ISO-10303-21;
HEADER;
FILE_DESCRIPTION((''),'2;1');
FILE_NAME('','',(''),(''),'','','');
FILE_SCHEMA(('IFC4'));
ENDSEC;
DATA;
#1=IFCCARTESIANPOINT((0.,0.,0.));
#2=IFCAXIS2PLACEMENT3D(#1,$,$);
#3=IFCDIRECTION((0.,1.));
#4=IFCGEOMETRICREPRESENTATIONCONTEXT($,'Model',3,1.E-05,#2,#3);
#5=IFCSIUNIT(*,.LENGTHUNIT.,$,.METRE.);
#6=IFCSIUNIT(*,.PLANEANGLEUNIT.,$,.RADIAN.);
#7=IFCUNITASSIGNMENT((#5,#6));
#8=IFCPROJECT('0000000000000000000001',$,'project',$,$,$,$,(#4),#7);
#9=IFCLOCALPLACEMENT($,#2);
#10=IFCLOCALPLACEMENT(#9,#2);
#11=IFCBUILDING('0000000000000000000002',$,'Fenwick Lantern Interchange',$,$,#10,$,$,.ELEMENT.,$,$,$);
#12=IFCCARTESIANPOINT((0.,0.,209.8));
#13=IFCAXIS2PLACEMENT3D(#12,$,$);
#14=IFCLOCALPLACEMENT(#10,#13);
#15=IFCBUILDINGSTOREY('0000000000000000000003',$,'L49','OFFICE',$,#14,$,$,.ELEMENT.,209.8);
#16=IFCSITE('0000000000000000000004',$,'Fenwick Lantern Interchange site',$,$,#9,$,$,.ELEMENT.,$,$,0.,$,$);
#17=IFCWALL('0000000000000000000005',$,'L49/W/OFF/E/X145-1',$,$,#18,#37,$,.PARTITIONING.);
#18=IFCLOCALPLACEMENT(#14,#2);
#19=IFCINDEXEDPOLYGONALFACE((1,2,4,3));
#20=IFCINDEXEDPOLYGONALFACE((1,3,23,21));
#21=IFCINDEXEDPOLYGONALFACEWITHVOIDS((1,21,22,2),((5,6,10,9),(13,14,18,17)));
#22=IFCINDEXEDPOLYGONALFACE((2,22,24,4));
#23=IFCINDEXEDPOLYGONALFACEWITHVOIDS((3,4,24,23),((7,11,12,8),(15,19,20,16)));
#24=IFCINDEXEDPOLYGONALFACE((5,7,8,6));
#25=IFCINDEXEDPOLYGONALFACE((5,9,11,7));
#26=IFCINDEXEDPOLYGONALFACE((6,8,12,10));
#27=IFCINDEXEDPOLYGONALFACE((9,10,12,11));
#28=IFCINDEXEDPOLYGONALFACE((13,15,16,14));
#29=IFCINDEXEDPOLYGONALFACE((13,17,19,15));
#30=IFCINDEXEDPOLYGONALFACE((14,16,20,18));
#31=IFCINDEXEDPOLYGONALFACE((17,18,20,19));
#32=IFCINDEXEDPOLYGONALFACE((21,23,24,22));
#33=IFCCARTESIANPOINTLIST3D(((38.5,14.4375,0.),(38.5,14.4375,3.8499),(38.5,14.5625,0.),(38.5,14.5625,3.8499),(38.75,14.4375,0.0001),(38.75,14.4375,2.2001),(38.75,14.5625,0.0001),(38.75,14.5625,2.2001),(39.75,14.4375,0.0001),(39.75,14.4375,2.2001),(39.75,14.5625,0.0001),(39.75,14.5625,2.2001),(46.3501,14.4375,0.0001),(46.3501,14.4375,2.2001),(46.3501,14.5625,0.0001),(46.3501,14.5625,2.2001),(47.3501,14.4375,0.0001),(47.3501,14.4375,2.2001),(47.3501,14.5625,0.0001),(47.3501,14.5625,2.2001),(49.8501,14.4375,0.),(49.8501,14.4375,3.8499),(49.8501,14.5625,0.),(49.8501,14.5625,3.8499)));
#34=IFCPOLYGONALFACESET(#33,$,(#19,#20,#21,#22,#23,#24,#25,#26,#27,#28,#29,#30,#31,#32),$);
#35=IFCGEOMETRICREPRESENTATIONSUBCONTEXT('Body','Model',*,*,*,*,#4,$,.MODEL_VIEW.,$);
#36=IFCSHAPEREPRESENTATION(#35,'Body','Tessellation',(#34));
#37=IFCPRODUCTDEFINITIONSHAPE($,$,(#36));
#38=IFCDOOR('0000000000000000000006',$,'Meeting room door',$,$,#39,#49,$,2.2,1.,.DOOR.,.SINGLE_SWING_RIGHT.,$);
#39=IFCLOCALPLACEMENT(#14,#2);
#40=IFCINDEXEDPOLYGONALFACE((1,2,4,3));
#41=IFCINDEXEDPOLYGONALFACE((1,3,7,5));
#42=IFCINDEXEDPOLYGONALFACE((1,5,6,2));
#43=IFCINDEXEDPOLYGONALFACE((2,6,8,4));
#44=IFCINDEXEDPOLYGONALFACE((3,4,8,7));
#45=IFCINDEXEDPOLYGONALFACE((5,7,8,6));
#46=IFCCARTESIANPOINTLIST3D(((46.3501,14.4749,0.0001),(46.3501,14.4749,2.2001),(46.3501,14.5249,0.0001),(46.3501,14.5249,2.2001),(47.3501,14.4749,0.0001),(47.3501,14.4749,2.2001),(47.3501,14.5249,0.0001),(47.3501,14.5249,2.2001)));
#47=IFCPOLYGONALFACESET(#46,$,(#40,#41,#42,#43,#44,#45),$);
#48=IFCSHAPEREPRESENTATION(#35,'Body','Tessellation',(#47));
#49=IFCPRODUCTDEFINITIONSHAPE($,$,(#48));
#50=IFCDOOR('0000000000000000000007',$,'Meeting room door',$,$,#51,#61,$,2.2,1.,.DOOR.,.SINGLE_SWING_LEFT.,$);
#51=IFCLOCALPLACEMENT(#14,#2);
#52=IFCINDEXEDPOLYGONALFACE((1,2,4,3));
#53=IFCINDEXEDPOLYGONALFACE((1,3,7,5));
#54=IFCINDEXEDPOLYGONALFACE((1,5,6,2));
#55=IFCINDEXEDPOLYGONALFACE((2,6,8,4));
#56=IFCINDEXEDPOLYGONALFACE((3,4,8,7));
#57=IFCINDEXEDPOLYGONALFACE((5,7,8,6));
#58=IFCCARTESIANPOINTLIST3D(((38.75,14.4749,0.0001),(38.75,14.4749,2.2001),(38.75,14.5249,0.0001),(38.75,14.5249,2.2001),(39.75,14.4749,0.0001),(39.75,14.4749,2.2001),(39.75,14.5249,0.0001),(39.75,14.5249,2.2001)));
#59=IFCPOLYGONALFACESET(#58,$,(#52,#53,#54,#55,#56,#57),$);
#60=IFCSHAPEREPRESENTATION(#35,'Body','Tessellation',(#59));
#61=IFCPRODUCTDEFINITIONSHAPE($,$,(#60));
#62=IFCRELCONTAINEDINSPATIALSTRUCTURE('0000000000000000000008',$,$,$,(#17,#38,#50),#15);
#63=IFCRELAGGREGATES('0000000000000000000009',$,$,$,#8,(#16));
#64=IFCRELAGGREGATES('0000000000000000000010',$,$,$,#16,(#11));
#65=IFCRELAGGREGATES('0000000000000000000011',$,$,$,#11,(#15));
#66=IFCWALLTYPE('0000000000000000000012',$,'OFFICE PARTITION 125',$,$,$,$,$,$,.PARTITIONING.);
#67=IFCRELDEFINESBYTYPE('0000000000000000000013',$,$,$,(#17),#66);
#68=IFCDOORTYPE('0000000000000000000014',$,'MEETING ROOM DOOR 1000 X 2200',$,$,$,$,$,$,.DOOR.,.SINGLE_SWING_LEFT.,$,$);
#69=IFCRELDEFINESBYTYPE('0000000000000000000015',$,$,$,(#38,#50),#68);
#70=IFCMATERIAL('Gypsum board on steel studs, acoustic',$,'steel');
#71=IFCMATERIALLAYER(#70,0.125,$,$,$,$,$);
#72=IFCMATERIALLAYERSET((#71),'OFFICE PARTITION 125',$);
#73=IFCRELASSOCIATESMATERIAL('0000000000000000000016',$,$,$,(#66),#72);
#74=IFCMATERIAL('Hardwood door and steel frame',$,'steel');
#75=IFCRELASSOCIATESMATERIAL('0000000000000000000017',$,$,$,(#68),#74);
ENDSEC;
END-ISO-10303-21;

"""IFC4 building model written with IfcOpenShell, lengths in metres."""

from ifc_helpers import new_model, si_unit, direction, frame, frame_2d, origin, place, context, subcontext, project, spatial, rectangle, extrude, material, layer, layer_set, type_object, element, fill, save


model = new_model("IFC4")

# Units and contexts
model_context = context("Model", 3, precision=1e-05, world=origin(), true_north=direction((0.0, 1.0)))
body_context = subcontext(model_context, "Body", "Model", "MODEL_VIEW")
ifc_project = project(units=[si_unit("LENGTHUNIT", "METRE"), si_unit("PLANEANGLEUNIT", "RADIAN")], contexts=[model_context])

# Site, building, storey
site_placement = place(None, origin())
site = spatial("IfcSite", under=ifc_project, at=site_placement, Name="Fenwick Lantern Interchange site", CompositionType="ELEMENT", RefElevation=0.0)
building_placement = place(site_placement, origin())
building = spatial("IfcBuilding", under=site, at=building_placement, Name="Fenwick Lantern Interchange", CompositionType="ELEMENT")
storey_placement = place(building_placement, frame((0.0, 0.0, 209.8)))
storey = spatial("IfcBuildingStorey", under=building, at=storey_placement, Name="L49", Description="OFFICE", CompositionType="ELEMENT", Elevation=209.8)

# Wall, openings, doors
ifc_material_1 = material(Name="Gypsum board on steel studs, acoustic", Category="steel")
ifc_layer_1 = layer(ifc_material_1, 0.125)
ifc_layer_set_1 = layer_set([ifc_layer_1], Name="OFFICE PARTITION 125")
wall_type_1 = type_object("IfcWallType", Name="OFFICE PARTITION 125", PredefinedType="PARTITIONING", material=ifc_layer_set_1)
wall_1_placement = place(storey_placement, frame((49.8501, 14.5, 0.0), z_axis=(0.0, 0.0, 1.0), x_axis=(-1.0, 0.0, 0.0)))
wall_1 = element("IfcWall", 1, at=wall_1_placement, inside=storey, type_object=wall_type_1, Name="L49/W/OFF/E/X145-1", PredefinedType="PARTITIONING", context=body_context, shape_type="SweptSolid", body=[
    extrude(rectangle(XDim=11.3501, YDim=0.125, at=frame_2d((5.675, 0.0))), origin(), (0.0, 0.0, 1.0), 3.8499),
])
opening_1_placement = place(wall_1_placement, frame((2.5, 0.0, 0.0)))
opening_1 = element("IfcOpeningElement", 2, at=opening_1_placement, cuts=wall_1, PredefinedType="OPENING", context=body_context, shape_type="SweptSolid", body=[
    extrude(rectangle(XDim=1.0, YDim=2.2, at=frame_2d((0.5, 1.1001))), frame((0.0, 0.0725, 0.0), z_axis=(0.0, -1.0, 0.0), x_axis=(1.0, 0.0, 0.0)), (0.0, 0.0, 1.0), 0.145),
])
opening_2_placement = place(wall_1_placement, frame((10.1001, 0.0, 0.0)))
opening_2 = element("IfcOpeningElement", 3, at=opening_2_placement, cuts=wall_1, PredefinedType="OPENING", context=body_context, shape_type="SweptSolid", body=[
    extrude(rectangle(XDim=1.0, YDim=2.2, at=frame_2d((0.5, 1.1001))), frame((0.0, 0.0725, 0.0), z_axis=(0.0, -1.0, 0.0), x_axis=(1.0, 0.0, 0.0)), (0.0, 0.0, 1.0), 0.145),
])
ifc_material_2 = material(Name="Hardwood door and steel frame", Category="steel")
door_type = type_object("IfcDoorType", Name="MEETING ROOM DOOR 1000 X 2200", OperationType="SINGLE_SWING_LEFT", PredefinedType="DOOR", material=ifc_material_2)
door_1_placement = place(opening_1_placement, frame((1.0, 0.0, 0.0), z_axis=(0.0, 0.0, 1.0), x_axis=(-1.0, 0.0, 0.0)))
door_1 = element("IfcDoor", 4, at=door_1_placement, inside=storey, type_object=door_type, Name="Meeting room door", OperationType="SINGLE_SWING_RIGHT", OverallHeight=2.2, OverallWidth=1.0, PredefinedType="DOOR", context=body_context, shape_type="SweptSolid", body=[
    extrude(rectangle(XDim=1.0, YDim=2.2, at=frame_2d((0.5, 1.1001))), frame((0.0, 0.0249, 0.0), z_axis=(0.0, -1.0, 0.0), x_axis=(1.0, 0.0, 0.0)), (0.0, 0.0, 1.0), 0.05),
])
fill(opening_1, door_1)
door_2_placement = place(opening_2_placement, frame((1.0, 0.0, 0.0), z_axis=(0.0, 0.0, 1.0), x_axis=(-1.0, 0.0, 0.0)))
door_2 = element("IfcDoor", 5, at=door_2_placement, inside=storey, type_object=door_type, Name="Meeting room door", OperationType="SINGLE_SWING_LEFT", OverallHeight=2.2, OverallWidth=1.0, PredefinedType="DOOR", context=body_context, shape_type="SweptSolid", body=[
    extrude(rectangle(XDim=1.0, YDim=2.2, at=frame_2d((0.5, 1.1001))), frame((0.0, 0.0249, 0.0), z_axis=(0.0, -1.0, 0.0), x_axis=(1.0, 0.0, 0.0)), (0.0, 0.0, 1.0), 0.05),
])
fill(opening_2, door_2)

save(model, "model.ifc")
